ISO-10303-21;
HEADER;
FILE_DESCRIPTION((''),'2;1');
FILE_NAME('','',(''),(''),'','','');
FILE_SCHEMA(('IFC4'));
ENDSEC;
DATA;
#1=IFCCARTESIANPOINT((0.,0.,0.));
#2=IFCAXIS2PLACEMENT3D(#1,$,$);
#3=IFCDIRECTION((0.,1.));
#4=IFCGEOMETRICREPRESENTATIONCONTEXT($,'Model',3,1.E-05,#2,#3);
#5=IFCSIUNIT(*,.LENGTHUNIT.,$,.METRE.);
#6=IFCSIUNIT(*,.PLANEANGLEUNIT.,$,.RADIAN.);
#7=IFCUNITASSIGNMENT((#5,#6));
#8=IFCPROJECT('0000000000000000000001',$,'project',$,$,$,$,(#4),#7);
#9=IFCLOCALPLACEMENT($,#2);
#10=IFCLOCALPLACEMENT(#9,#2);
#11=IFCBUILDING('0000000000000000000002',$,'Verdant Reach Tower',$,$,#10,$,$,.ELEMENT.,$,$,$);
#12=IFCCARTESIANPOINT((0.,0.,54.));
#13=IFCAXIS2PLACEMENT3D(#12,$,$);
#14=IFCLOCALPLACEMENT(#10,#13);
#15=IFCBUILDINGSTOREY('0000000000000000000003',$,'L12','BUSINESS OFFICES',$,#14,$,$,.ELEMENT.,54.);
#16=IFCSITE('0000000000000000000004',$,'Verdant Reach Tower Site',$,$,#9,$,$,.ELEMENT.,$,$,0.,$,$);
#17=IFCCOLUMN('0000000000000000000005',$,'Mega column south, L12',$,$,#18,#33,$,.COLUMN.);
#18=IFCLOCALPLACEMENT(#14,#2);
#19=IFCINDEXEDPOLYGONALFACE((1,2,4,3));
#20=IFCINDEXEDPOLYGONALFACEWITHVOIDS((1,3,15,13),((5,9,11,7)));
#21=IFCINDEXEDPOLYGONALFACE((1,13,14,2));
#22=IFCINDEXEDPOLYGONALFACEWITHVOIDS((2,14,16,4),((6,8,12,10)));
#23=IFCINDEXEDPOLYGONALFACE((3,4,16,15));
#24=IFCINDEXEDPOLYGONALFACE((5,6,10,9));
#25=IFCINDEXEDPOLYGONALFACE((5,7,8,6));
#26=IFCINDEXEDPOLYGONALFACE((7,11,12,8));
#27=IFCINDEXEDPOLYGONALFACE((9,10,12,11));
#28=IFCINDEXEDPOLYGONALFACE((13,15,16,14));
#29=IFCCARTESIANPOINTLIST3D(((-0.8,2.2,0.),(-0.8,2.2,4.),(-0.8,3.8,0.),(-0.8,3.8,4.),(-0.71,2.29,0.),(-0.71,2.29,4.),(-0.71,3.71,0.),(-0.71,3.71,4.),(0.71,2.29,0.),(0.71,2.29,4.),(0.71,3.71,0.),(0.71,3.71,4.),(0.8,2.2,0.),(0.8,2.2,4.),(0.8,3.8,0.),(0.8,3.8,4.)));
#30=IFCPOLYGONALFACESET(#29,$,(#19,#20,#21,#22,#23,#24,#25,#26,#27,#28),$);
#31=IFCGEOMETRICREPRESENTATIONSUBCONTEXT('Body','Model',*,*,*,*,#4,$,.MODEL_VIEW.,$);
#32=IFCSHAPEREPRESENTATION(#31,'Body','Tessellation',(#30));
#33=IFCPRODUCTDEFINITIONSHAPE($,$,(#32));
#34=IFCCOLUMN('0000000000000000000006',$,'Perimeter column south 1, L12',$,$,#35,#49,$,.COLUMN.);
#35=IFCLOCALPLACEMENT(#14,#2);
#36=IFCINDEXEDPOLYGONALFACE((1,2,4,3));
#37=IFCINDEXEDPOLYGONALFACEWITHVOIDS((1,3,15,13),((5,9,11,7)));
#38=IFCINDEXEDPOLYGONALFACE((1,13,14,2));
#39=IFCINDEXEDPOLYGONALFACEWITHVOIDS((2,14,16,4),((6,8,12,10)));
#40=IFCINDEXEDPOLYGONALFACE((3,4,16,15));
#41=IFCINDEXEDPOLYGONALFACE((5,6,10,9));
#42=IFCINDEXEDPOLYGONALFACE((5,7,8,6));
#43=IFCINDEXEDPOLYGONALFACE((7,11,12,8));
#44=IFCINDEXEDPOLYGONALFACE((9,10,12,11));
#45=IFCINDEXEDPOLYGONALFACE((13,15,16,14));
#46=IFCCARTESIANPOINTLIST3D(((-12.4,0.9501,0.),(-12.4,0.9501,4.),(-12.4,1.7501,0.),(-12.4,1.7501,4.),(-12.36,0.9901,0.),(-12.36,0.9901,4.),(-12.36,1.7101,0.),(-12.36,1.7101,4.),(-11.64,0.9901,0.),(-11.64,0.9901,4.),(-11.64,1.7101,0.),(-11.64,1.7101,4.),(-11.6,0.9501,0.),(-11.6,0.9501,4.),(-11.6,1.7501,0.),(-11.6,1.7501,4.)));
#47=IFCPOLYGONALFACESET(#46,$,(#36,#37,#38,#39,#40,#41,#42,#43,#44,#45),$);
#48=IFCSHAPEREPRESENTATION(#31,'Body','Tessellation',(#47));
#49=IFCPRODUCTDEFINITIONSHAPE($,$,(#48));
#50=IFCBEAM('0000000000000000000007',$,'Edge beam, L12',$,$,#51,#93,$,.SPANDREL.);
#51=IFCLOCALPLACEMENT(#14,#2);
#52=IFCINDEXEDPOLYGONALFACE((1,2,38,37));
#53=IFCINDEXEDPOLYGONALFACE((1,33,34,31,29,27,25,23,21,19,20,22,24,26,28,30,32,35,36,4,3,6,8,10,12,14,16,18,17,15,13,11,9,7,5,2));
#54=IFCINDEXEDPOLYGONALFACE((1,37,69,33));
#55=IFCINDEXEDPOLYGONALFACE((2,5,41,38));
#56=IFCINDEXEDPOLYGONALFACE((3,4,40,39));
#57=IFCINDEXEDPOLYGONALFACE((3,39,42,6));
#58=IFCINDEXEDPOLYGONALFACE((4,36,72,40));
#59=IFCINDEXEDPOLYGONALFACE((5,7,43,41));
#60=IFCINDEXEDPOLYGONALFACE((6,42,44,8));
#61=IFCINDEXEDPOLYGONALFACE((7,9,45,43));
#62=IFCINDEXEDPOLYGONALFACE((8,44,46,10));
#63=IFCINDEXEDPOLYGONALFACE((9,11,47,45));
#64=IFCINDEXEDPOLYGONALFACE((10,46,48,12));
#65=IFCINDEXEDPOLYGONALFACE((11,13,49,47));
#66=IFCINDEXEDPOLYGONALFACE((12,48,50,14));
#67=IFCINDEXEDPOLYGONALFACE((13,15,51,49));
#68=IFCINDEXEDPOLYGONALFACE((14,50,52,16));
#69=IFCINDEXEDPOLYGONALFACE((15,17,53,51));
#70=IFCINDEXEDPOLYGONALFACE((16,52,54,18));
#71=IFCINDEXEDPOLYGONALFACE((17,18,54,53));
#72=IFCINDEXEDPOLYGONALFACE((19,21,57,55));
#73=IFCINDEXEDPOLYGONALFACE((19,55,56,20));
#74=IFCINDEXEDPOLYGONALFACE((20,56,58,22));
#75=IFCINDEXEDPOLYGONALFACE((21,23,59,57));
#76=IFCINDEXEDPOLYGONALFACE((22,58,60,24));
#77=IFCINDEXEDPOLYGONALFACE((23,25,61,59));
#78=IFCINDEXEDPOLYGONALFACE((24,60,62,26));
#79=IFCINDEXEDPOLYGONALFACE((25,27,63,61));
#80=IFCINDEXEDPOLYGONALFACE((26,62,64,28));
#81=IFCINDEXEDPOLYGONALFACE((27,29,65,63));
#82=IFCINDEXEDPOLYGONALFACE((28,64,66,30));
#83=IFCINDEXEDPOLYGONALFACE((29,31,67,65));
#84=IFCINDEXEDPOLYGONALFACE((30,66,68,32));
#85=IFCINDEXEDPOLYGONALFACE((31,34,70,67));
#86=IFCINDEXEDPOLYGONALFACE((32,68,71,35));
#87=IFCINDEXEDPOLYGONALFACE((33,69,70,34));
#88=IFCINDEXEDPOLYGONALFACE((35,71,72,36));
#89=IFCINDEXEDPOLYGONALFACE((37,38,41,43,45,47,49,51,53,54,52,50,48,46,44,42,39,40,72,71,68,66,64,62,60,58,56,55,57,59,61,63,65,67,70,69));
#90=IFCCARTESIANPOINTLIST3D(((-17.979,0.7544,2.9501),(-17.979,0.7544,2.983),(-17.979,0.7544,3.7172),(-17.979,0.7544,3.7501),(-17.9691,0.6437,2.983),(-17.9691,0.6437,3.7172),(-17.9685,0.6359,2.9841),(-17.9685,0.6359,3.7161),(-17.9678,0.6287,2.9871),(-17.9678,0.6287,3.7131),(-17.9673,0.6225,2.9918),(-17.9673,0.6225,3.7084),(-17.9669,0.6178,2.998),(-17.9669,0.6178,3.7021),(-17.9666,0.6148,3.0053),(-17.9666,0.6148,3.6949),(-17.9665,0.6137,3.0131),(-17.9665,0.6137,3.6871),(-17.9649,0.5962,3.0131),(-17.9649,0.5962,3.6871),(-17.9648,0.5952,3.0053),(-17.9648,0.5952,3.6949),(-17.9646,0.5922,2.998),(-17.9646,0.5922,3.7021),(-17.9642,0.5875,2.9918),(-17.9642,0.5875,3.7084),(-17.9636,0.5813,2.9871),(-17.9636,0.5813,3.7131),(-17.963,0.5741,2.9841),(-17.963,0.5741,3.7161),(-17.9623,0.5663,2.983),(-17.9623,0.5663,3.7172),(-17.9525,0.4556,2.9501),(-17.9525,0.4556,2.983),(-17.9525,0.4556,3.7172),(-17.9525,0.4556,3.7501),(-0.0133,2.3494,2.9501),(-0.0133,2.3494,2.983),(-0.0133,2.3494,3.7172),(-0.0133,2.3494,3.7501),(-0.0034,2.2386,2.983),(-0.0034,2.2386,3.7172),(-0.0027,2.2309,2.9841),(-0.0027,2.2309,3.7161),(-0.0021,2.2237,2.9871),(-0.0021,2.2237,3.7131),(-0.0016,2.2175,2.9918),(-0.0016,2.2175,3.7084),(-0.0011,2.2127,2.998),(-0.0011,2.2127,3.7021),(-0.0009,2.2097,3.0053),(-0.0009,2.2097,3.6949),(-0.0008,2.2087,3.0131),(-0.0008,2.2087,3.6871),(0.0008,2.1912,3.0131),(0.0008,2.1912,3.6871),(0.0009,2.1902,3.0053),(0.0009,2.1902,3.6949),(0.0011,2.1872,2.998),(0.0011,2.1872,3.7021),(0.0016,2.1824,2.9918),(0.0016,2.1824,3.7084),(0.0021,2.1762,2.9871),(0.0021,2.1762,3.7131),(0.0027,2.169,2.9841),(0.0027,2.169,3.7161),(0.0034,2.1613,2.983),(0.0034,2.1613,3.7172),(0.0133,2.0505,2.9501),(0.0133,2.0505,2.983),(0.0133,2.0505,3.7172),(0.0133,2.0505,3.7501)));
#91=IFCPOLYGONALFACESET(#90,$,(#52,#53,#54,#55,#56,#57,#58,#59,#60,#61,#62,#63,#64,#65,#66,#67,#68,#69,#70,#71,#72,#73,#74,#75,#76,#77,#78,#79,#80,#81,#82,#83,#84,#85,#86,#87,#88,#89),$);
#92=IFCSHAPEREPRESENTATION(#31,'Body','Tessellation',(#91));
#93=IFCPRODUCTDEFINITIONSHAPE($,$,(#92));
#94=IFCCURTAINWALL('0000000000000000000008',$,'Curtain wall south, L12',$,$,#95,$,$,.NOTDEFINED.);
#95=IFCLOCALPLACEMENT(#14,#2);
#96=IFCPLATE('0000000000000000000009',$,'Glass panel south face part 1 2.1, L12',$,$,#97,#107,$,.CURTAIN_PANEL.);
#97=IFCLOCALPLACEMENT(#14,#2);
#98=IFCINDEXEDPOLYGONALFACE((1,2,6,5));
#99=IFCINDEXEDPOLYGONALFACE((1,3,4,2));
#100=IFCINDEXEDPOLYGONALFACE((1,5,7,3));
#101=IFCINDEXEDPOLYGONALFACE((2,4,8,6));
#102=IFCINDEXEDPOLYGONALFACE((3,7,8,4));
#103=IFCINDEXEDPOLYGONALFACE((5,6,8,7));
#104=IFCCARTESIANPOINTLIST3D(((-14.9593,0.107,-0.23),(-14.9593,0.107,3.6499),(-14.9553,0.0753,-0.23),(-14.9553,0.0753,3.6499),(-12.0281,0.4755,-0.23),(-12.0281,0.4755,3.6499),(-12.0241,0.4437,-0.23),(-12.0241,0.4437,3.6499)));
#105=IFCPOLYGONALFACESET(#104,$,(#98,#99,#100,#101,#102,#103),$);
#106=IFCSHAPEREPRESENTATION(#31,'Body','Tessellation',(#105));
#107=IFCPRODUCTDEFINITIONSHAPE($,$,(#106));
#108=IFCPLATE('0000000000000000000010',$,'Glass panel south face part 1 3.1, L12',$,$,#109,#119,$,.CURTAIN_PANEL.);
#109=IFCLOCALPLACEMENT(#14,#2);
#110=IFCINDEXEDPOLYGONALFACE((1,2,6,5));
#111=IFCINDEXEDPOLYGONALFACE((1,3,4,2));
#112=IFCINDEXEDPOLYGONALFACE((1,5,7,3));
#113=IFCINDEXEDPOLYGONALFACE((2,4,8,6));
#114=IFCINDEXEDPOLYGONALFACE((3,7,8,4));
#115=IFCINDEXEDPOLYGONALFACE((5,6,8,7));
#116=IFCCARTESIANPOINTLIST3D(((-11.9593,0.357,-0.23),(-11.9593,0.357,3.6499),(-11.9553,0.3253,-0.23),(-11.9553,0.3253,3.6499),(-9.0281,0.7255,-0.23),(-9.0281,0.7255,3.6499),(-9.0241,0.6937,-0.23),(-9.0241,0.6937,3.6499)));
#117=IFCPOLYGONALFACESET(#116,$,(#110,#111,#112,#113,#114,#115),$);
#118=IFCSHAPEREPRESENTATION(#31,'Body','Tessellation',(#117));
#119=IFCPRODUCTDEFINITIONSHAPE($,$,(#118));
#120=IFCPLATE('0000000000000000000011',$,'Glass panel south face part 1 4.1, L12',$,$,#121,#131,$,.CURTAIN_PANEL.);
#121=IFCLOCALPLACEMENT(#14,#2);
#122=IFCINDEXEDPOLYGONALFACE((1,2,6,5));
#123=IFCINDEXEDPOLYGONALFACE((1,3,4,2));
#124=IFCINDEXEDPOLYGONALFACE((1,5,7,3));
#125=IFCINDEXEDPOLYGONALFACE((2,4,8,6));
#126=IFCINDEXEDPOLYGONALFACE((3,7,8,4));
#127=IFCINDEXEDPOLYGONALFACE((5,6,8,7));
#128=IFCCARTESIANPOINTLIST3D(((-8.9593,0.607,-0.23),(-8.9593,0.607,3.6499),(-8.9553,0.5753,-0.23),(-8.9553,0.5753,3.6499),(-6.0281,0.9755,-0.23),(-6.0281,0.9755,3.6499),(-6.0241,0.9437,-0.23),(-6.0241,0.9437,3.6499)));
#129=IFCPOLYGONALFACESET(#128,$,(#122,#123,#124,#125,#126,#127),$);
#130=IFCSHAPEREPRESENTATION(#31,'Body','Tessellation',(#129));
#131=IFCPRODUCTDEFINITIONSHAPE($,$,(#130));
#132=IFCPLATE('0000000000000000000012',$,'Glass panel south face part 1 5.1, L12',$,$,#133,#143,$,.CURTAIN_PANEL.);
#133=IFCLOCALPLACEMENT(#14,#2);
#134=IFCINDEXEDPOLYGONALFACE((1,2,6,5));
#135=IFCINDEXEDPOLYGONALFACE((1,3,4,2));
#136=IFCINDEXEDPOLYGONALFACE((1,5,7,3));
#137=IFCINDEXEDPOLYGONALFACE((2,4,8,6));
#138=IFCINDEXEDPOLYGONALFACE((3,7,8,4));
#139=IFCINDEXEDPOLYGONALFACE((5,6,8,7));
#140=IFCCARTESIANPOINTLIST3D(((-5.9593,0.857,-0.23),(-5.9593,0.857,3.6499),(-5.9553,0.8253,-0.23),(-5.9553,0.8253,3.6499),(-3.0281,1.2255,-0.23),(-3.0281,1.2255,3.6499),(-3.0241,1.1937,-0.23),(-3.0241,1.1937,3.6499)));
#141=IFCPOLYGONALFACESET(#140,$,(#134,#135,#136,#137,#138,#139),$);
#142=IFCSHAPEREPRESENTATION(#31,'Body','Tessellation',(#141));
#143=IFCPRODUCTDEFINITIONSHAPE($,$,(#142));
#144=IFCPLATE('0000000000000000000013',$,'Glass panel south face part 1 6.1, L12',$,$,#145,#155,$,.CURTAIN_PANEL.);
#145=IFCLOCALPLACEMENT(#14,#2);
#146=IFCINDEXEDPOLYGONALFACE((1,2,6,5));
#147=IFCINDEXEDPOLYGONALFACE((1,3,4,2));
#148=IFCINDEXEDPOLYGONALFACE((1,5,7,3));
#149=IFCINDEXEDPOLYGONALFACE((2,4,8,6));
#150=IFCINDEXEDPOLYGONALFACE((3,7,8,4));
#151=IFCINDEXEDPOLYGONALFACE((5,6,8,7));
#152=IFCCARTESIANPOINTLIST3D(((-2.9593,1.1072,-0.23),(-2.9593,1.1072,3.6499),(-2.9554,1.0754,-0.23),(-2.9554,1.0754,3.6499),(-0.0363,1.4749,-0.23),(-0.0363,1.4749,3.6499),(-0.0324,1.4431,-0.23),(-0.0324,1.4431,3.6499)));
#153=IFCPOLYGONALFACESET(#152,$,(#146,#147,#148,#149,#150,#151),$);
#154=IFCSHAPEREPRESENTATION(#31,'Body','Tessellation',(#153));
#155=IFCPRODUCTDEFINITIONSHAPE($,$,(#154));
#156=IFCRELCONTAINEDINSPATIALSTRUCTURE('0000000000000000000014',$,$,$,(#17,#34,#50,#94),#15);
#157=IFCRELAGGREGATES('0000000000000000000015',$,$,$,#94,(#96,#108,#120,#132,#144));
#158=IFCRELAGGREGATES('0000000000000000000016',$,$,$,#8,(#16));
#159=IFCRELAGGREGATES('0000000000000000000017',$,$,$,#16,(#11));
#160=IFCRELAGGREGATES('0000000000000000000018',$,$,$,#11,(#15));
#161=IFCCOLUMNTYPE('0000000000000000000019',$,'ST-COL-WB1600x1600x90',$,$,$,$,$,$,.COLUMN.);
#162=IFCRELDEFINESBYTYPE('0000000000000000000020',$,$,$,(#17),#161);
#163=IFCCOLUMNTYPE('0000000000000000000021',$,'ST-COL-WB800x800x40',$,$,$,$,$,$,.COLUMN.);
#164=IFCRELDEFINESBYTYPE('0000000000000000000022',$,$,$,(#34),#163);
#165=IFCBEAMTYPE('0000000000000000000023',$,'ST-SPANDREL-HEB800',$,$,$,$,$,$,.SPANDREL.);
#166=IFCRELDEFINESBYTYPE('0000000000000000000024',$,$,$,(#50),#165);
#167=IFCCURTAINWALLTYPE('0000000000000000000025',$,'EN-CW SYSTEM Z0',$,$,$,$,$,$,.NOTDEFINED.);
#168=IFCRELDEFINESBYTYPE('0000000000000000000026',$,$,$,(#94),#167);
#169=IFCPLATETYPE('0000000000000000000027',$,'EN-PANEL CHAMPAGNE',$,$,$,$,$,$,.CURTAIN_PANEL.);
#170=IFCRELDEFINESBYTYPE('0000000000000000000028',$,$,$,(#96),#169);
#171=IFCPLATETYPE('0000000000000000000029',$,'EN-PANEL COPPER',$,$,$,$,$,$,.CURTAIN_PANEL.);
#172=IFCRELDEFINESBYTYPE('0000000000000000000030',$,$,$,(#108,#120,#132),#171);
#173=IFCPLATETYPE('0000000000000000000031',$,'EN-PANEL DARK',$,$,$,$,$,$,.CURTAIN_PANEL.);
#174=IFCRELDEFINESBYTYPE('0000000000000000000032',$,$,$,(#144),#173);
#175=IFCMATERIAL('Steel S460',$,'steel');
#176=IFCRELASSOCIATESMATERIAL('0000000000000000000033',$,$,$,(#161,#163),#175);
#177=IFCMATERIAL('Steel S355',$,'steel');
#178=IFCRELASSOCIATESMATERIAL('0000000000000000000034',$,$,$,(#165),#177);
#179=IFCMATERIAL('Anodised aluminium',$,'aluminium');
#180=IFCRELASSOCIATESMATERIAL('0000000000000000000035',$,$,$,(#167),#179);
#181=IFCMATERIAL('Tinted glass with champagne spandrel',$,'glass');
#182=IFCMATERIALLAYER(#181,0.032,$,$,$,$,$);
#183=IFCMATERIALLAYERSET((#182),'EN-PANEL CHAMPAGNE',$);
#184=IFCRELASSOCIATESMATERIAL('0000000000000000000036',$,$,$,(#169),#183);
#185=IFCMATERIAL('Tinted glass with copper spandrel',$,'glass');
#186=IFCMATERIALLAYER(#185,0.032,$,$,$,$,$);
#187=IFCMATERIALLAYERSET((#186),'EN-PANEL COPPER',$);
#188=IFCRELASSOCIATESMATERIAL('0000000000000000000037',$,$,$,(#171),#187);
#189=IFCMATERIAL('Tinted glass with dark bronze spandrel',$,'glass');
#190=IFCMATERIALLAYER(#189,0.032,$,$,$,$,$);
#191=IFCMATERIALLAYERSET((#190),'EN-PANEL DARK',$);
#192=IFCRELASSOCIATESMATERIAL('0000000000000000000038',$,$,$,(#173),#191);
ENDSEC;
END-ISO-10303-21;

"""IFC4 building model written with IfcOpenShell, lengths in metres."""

from ifc_helpers import new_model, si_unit, direction, frame, origin, origin_2d, place, context, subcontext, project, spatial, rectangle, hollow_rectangle, i_section, extrude, material, layer, layer_set, material_profile, profile_set, type_object, element, aggregate, save


model = new_model("IFC4")

# Units and contexts
model_context = context("Model", 3, precision=1e-05, world=origin(), true_north=direction((0.0, 1.0)))
body_context = subcontext(model_context, "Body", "Model", "MODEL_VIEW")
ifc_project = project(units=[si_unit("LENGTHUNIT", "METRE"), si_unit("PLANEANGLEUNIT", "RADIAN")], contexts=[model_context])

# Site, building, storey
site_placement = place(None, origin())
site = spatial("IfcSite", under=ifc_project, at=site_placement, Name="Verdant Reach Tower Site", CompositionType="ELEMENT", RefElevation=0.0)
building_placement = place(site_placement, origin())
building = spatial("IfcBuilding", under=site, at=building_placement, Name="Verdant Reach Tower", CompositionType="ELEMENT")
storey_placement = place(building_placement, frame((0.0, 0.0, 54.0)))
storey = spatial("IfcBuildingStorey", under=building, at=storey_placement, Name="L12", Description="BUSINESS OFFICES", CompositionType="ELEMENT", Elevation=54.0)

# Columns
ifc_material_1 = material(Name="Steel S460", Category="steel")
ifc_material_profile_1 = material_profile(ifc_material_1, hollow_rectangle(XDim=1.6001, YDim=1.6001, WallThickness=0.0901, at=origin_2d()), Name="WB 1600x1600x90")
ifc_profile_set_1 = profile_set([ifc_material_profile_1], Name="Steel S460")
column_type_1 = type_object("IfcColumnType", Name="ST-COL-WB1600x1600x90", PredefinedType="COLUMN", material=ifc_profile_set_1)
column_1_placement = place(storey_placement, frame((0.0, 3.0, 0.0), z_axis=(0.0, 0.0, 1.0), x_axis=(1.0, 0.0, 0.0)))
element("IfcColumn", 1, at=column_1_placement, inside=storey, type_object=column_type_1, Name="Mega column south, L12", PredefinedType="COLUMN", context=body_context, shape_type="SweptSolid", body=[
    extrude(hollow_rectangle(XDim=1.6001, YDim=1.6001, WallThickness=0.0901, at=origin_2d()), origin(), (0.0, 0.0, 1.0), 4.0),
])
ifc_material_profile_2 = material_profile(ifc_material_1, hollow_rectangle(XDim=0.8, YDim=0.8, WallThickness=0.04, at=origin_2d()), Name="WB 800x800x40")
ifc_profile_set_2 = profile_set([ifc_material_profile_2], Name="Steel S460")
column_type_2 = type_object("IfcColumnType", Name="ST-COL-WB800x800x40", PredefinedType="COLUMN", material=ifc_profile_set_2)
column_2_placement = place(storey_placement, frame((-12.0, 1.3501, 0.0), z_axis=(0.0, 0.0, 1.0), x_axis=(1.0, 0.0, 0.0)))
element("IfcColumn", 2, at=column_2_placement, inside=storey, type_object=column_type_2, Name="Perimeter column south 1, L12", PredefinedType="COLUMN", context=body_context, shape_type="SweptSolid", body=[
    extrude(hollow_rectangle(XDim=0.8, YDim=0.8, WallThickness=0.04, at=origin_2d()), origin(), (0.0, 0.0, 1.0), 4.0),
])

# Beam
ifc_material_2 = material(Name="Steel S355", Category="steel")
ifc_material_profile_3 = material_profile(ifc_material_2, i_section(OverallWidth=0.3, OverallDepth=0.8, WebThickness=0.0176, FlangeThickness=0.033, FilletRadius=0.03, at=origin_2d()), Name="HEB 800")
ifc_profile_set_3 = profile_set([ifc_material_profile_3], Name="Steel S355")
beam_type = type_object("IfcBeamType", Name="ST-SPANDREL-HEB800", PredefinedType="SPANDREL", material=ifc_profile_set_3)
beam_placement = place(storey_placement, frame((0.0, 2.2, 3.3501), z_axis=(-0.996082, -0.08843, 0.0), x_axis=(0.08843, -0.996082, 0.0)))
element("IfcBeam", 3, at=beam_placement, inside=storey, type_object=beam_type, Name="Edge beam, L12", PredefinedType="SPANDREL", context=body_context, shape_type="SweptSolid", body=[
    extrude(i_section(OverallWidth=0.3, OverallDepth=0.8, WebThickness=0.0176, FlangeThickness=0.033, FilletRadius=0.03, at=origin_2d()), origin(), (0.0, 0.0, 1.0), 18.0364),
])

# Curtain wall, plates
ifc_material_3 = material(Name="Anodised aluminium", Category="aluminium")
curtain_wall_type = type_object("IfcCurtainWallType", Name="EN-CW SYSTEM Z0", PredefinedType="NOTDEFINED", material=ifc_material_3)
curtain_wall_placement = place(storey_placement, origin())
curtain_wall = element("IfcCurtainWall", 4, at=curtain_wall_placement, inside=storey, type_object=curtain_wall_type, Name="Curtain wall south, L12", PredefinedType="NOTDEFINED")
ifc_material_4 = material(Name="Tinted glass with champagne spandrel", Category="glass")
ifc_layer_1 = layer(ifc_material_4, 0.032)
ifc_layer_set_1 = layer_set([ifc_layer_1], Name="EN-PANEL CHAMPAGNE")
plate_type_1 = type_object("IfcPlateType", Name="EN-PANEL CHAMPAGNE", PredefinedType="CURTAIN_PANEL", material=ifc_layer_set_1)
plate_1_placement = place(storey_placement, frame((-13.4917, 0.2754, -0.23), z_axis=(0.0, 0.0, 1.0), x_axis=(0.992194, 0.124704, 0.0)))
plate_1 = element("IfcPlate", 5, at=plate_1_placement, type_object=plate_type_1, Name="Glass panel south face part 1 2.1, L12", PredefinedType="CURTAIN_PANEL", context=body_context, shape_type="SweptSolid", body=[
    extrude(rectangle(XDim=2.9543, YDim=0.032, at=origin_2d()), origin(), (0.0, 0.0, 1.0), 3.8799),
])
ifc_material_5 = material(Name="Tinted glass with copper spandrel", Category="glass")
ifc_layer_2 = layer(ifc_material_5, 0.032)
ifc_layer_set_2 = layer_set([ifc_layer_2], Name="EN-PANEL COPPER")
plate_type_2 = type_object("IfcPlateType", Name="EN-PANEL COPPER", PredefinedType="CURTAIN_PANEL", material=ifc_layer_set_2)
plate_2_placement = place(storey_placement, frame((-10.4917, 0.5254, -0.23), z_axis=(0.0, 0.0, 1.0), x_axis=(0.992194, 0.124704, 0.0)))
plate_2 = element("IfcPlate", 6, at=plate_2_placement, type_object=plate_type_2, Name="Glass panel south face part 1 3.1, L12", PredefinedType="CURTAIN_PANEL", context=body_context, shape_type="SweptSolid", body=[
    extrude(rectangle(XDim=2.9543, YDim=0.032, at=origin_2d()), origin(), (0.0, 0.0, 1.0), 3.8799),
])
plate_3_placement = place(storey_placement, frame((-7.4917, 0.7754, -0.23), z_axis=(0.0, 0.0, 1.0), x_axis=(0.992194, 0.124704, 0.0)))
plate_3 = element("IfcPlate", 7, at=plate_3_placement, type_object=plate_type_2, Name="Glass panel south face part 1 4.1, L12", PredefinedType="CURTAIN_PANEL", context=body_context, shape_type="SweptSolid", body=[
    extrude(rectangle(XDim=2.9543, YDim=0.032, at=origin_2d()), origin(), (0.0, 0.0, 1.0), 3.8799),
])
plate_4_placement = place(storey_placement, frame((-4.4917, 1.0254, -0.23), z_axis=(0.0, 0.0, 1.0), x_axis=(0.992194, 0.124704, 0.0)))
plate_4 = element("IfcPlate", 8, at=plate_4_placement, type_object=plate_type_2, Name="Glass panel south face part 1 5.1, L12", PredefinedType="CURTAIN_PANEL", context=body_context, shape_type="SweptSolid", body=[
    extrude(rectangle(XDim=2.9543, YDim=0.032, at=origin_2d()), origin(), (0.0, 0.0, 1.0), 3.8799),
])
ifc_material_6 = material(Name="Tinted glass with dark bronze spandrel", Category="glass")
ifc_layer_3 = layer(ifc_material_6, 0.032)
ifc_layer_set_3 = layer_set([ifc_layer_3], Name="EN-PANEL DARK")
plate_type_3 = type_object("IfcPlateType", Name="EN-PANEL DARK", PredefinedType="CURTAIN_PANEL", material=ifc_layer_set_3)
plate_5_placement = place(storey_placement, frame((-1.4958, 1.2751, -0.23), z_axis=(0.0, 0.0, 1.0), x_axis=(0.99218, 0.124818, 0.0)))
plate_5 = element("IfcPlate", 9, at=plate_5_placement, type_object=plate_type_3, Name="Glass panel south face part 1 6.1, L12", PredefinedType="CURTAIN_PANEL", context=body_context, shape_type="SweptSolid", body=[
    extrude(rectangle(XDim=2.946, YDim=0.032, at=origin_2d()), origin(), (0.0, 0.0, 1.0), 3.8799),
])
aggregate(curtain_wall, [plate_1, plate_2, plate_3, plate_4, plate_5])

save(model, "model.ifc")
